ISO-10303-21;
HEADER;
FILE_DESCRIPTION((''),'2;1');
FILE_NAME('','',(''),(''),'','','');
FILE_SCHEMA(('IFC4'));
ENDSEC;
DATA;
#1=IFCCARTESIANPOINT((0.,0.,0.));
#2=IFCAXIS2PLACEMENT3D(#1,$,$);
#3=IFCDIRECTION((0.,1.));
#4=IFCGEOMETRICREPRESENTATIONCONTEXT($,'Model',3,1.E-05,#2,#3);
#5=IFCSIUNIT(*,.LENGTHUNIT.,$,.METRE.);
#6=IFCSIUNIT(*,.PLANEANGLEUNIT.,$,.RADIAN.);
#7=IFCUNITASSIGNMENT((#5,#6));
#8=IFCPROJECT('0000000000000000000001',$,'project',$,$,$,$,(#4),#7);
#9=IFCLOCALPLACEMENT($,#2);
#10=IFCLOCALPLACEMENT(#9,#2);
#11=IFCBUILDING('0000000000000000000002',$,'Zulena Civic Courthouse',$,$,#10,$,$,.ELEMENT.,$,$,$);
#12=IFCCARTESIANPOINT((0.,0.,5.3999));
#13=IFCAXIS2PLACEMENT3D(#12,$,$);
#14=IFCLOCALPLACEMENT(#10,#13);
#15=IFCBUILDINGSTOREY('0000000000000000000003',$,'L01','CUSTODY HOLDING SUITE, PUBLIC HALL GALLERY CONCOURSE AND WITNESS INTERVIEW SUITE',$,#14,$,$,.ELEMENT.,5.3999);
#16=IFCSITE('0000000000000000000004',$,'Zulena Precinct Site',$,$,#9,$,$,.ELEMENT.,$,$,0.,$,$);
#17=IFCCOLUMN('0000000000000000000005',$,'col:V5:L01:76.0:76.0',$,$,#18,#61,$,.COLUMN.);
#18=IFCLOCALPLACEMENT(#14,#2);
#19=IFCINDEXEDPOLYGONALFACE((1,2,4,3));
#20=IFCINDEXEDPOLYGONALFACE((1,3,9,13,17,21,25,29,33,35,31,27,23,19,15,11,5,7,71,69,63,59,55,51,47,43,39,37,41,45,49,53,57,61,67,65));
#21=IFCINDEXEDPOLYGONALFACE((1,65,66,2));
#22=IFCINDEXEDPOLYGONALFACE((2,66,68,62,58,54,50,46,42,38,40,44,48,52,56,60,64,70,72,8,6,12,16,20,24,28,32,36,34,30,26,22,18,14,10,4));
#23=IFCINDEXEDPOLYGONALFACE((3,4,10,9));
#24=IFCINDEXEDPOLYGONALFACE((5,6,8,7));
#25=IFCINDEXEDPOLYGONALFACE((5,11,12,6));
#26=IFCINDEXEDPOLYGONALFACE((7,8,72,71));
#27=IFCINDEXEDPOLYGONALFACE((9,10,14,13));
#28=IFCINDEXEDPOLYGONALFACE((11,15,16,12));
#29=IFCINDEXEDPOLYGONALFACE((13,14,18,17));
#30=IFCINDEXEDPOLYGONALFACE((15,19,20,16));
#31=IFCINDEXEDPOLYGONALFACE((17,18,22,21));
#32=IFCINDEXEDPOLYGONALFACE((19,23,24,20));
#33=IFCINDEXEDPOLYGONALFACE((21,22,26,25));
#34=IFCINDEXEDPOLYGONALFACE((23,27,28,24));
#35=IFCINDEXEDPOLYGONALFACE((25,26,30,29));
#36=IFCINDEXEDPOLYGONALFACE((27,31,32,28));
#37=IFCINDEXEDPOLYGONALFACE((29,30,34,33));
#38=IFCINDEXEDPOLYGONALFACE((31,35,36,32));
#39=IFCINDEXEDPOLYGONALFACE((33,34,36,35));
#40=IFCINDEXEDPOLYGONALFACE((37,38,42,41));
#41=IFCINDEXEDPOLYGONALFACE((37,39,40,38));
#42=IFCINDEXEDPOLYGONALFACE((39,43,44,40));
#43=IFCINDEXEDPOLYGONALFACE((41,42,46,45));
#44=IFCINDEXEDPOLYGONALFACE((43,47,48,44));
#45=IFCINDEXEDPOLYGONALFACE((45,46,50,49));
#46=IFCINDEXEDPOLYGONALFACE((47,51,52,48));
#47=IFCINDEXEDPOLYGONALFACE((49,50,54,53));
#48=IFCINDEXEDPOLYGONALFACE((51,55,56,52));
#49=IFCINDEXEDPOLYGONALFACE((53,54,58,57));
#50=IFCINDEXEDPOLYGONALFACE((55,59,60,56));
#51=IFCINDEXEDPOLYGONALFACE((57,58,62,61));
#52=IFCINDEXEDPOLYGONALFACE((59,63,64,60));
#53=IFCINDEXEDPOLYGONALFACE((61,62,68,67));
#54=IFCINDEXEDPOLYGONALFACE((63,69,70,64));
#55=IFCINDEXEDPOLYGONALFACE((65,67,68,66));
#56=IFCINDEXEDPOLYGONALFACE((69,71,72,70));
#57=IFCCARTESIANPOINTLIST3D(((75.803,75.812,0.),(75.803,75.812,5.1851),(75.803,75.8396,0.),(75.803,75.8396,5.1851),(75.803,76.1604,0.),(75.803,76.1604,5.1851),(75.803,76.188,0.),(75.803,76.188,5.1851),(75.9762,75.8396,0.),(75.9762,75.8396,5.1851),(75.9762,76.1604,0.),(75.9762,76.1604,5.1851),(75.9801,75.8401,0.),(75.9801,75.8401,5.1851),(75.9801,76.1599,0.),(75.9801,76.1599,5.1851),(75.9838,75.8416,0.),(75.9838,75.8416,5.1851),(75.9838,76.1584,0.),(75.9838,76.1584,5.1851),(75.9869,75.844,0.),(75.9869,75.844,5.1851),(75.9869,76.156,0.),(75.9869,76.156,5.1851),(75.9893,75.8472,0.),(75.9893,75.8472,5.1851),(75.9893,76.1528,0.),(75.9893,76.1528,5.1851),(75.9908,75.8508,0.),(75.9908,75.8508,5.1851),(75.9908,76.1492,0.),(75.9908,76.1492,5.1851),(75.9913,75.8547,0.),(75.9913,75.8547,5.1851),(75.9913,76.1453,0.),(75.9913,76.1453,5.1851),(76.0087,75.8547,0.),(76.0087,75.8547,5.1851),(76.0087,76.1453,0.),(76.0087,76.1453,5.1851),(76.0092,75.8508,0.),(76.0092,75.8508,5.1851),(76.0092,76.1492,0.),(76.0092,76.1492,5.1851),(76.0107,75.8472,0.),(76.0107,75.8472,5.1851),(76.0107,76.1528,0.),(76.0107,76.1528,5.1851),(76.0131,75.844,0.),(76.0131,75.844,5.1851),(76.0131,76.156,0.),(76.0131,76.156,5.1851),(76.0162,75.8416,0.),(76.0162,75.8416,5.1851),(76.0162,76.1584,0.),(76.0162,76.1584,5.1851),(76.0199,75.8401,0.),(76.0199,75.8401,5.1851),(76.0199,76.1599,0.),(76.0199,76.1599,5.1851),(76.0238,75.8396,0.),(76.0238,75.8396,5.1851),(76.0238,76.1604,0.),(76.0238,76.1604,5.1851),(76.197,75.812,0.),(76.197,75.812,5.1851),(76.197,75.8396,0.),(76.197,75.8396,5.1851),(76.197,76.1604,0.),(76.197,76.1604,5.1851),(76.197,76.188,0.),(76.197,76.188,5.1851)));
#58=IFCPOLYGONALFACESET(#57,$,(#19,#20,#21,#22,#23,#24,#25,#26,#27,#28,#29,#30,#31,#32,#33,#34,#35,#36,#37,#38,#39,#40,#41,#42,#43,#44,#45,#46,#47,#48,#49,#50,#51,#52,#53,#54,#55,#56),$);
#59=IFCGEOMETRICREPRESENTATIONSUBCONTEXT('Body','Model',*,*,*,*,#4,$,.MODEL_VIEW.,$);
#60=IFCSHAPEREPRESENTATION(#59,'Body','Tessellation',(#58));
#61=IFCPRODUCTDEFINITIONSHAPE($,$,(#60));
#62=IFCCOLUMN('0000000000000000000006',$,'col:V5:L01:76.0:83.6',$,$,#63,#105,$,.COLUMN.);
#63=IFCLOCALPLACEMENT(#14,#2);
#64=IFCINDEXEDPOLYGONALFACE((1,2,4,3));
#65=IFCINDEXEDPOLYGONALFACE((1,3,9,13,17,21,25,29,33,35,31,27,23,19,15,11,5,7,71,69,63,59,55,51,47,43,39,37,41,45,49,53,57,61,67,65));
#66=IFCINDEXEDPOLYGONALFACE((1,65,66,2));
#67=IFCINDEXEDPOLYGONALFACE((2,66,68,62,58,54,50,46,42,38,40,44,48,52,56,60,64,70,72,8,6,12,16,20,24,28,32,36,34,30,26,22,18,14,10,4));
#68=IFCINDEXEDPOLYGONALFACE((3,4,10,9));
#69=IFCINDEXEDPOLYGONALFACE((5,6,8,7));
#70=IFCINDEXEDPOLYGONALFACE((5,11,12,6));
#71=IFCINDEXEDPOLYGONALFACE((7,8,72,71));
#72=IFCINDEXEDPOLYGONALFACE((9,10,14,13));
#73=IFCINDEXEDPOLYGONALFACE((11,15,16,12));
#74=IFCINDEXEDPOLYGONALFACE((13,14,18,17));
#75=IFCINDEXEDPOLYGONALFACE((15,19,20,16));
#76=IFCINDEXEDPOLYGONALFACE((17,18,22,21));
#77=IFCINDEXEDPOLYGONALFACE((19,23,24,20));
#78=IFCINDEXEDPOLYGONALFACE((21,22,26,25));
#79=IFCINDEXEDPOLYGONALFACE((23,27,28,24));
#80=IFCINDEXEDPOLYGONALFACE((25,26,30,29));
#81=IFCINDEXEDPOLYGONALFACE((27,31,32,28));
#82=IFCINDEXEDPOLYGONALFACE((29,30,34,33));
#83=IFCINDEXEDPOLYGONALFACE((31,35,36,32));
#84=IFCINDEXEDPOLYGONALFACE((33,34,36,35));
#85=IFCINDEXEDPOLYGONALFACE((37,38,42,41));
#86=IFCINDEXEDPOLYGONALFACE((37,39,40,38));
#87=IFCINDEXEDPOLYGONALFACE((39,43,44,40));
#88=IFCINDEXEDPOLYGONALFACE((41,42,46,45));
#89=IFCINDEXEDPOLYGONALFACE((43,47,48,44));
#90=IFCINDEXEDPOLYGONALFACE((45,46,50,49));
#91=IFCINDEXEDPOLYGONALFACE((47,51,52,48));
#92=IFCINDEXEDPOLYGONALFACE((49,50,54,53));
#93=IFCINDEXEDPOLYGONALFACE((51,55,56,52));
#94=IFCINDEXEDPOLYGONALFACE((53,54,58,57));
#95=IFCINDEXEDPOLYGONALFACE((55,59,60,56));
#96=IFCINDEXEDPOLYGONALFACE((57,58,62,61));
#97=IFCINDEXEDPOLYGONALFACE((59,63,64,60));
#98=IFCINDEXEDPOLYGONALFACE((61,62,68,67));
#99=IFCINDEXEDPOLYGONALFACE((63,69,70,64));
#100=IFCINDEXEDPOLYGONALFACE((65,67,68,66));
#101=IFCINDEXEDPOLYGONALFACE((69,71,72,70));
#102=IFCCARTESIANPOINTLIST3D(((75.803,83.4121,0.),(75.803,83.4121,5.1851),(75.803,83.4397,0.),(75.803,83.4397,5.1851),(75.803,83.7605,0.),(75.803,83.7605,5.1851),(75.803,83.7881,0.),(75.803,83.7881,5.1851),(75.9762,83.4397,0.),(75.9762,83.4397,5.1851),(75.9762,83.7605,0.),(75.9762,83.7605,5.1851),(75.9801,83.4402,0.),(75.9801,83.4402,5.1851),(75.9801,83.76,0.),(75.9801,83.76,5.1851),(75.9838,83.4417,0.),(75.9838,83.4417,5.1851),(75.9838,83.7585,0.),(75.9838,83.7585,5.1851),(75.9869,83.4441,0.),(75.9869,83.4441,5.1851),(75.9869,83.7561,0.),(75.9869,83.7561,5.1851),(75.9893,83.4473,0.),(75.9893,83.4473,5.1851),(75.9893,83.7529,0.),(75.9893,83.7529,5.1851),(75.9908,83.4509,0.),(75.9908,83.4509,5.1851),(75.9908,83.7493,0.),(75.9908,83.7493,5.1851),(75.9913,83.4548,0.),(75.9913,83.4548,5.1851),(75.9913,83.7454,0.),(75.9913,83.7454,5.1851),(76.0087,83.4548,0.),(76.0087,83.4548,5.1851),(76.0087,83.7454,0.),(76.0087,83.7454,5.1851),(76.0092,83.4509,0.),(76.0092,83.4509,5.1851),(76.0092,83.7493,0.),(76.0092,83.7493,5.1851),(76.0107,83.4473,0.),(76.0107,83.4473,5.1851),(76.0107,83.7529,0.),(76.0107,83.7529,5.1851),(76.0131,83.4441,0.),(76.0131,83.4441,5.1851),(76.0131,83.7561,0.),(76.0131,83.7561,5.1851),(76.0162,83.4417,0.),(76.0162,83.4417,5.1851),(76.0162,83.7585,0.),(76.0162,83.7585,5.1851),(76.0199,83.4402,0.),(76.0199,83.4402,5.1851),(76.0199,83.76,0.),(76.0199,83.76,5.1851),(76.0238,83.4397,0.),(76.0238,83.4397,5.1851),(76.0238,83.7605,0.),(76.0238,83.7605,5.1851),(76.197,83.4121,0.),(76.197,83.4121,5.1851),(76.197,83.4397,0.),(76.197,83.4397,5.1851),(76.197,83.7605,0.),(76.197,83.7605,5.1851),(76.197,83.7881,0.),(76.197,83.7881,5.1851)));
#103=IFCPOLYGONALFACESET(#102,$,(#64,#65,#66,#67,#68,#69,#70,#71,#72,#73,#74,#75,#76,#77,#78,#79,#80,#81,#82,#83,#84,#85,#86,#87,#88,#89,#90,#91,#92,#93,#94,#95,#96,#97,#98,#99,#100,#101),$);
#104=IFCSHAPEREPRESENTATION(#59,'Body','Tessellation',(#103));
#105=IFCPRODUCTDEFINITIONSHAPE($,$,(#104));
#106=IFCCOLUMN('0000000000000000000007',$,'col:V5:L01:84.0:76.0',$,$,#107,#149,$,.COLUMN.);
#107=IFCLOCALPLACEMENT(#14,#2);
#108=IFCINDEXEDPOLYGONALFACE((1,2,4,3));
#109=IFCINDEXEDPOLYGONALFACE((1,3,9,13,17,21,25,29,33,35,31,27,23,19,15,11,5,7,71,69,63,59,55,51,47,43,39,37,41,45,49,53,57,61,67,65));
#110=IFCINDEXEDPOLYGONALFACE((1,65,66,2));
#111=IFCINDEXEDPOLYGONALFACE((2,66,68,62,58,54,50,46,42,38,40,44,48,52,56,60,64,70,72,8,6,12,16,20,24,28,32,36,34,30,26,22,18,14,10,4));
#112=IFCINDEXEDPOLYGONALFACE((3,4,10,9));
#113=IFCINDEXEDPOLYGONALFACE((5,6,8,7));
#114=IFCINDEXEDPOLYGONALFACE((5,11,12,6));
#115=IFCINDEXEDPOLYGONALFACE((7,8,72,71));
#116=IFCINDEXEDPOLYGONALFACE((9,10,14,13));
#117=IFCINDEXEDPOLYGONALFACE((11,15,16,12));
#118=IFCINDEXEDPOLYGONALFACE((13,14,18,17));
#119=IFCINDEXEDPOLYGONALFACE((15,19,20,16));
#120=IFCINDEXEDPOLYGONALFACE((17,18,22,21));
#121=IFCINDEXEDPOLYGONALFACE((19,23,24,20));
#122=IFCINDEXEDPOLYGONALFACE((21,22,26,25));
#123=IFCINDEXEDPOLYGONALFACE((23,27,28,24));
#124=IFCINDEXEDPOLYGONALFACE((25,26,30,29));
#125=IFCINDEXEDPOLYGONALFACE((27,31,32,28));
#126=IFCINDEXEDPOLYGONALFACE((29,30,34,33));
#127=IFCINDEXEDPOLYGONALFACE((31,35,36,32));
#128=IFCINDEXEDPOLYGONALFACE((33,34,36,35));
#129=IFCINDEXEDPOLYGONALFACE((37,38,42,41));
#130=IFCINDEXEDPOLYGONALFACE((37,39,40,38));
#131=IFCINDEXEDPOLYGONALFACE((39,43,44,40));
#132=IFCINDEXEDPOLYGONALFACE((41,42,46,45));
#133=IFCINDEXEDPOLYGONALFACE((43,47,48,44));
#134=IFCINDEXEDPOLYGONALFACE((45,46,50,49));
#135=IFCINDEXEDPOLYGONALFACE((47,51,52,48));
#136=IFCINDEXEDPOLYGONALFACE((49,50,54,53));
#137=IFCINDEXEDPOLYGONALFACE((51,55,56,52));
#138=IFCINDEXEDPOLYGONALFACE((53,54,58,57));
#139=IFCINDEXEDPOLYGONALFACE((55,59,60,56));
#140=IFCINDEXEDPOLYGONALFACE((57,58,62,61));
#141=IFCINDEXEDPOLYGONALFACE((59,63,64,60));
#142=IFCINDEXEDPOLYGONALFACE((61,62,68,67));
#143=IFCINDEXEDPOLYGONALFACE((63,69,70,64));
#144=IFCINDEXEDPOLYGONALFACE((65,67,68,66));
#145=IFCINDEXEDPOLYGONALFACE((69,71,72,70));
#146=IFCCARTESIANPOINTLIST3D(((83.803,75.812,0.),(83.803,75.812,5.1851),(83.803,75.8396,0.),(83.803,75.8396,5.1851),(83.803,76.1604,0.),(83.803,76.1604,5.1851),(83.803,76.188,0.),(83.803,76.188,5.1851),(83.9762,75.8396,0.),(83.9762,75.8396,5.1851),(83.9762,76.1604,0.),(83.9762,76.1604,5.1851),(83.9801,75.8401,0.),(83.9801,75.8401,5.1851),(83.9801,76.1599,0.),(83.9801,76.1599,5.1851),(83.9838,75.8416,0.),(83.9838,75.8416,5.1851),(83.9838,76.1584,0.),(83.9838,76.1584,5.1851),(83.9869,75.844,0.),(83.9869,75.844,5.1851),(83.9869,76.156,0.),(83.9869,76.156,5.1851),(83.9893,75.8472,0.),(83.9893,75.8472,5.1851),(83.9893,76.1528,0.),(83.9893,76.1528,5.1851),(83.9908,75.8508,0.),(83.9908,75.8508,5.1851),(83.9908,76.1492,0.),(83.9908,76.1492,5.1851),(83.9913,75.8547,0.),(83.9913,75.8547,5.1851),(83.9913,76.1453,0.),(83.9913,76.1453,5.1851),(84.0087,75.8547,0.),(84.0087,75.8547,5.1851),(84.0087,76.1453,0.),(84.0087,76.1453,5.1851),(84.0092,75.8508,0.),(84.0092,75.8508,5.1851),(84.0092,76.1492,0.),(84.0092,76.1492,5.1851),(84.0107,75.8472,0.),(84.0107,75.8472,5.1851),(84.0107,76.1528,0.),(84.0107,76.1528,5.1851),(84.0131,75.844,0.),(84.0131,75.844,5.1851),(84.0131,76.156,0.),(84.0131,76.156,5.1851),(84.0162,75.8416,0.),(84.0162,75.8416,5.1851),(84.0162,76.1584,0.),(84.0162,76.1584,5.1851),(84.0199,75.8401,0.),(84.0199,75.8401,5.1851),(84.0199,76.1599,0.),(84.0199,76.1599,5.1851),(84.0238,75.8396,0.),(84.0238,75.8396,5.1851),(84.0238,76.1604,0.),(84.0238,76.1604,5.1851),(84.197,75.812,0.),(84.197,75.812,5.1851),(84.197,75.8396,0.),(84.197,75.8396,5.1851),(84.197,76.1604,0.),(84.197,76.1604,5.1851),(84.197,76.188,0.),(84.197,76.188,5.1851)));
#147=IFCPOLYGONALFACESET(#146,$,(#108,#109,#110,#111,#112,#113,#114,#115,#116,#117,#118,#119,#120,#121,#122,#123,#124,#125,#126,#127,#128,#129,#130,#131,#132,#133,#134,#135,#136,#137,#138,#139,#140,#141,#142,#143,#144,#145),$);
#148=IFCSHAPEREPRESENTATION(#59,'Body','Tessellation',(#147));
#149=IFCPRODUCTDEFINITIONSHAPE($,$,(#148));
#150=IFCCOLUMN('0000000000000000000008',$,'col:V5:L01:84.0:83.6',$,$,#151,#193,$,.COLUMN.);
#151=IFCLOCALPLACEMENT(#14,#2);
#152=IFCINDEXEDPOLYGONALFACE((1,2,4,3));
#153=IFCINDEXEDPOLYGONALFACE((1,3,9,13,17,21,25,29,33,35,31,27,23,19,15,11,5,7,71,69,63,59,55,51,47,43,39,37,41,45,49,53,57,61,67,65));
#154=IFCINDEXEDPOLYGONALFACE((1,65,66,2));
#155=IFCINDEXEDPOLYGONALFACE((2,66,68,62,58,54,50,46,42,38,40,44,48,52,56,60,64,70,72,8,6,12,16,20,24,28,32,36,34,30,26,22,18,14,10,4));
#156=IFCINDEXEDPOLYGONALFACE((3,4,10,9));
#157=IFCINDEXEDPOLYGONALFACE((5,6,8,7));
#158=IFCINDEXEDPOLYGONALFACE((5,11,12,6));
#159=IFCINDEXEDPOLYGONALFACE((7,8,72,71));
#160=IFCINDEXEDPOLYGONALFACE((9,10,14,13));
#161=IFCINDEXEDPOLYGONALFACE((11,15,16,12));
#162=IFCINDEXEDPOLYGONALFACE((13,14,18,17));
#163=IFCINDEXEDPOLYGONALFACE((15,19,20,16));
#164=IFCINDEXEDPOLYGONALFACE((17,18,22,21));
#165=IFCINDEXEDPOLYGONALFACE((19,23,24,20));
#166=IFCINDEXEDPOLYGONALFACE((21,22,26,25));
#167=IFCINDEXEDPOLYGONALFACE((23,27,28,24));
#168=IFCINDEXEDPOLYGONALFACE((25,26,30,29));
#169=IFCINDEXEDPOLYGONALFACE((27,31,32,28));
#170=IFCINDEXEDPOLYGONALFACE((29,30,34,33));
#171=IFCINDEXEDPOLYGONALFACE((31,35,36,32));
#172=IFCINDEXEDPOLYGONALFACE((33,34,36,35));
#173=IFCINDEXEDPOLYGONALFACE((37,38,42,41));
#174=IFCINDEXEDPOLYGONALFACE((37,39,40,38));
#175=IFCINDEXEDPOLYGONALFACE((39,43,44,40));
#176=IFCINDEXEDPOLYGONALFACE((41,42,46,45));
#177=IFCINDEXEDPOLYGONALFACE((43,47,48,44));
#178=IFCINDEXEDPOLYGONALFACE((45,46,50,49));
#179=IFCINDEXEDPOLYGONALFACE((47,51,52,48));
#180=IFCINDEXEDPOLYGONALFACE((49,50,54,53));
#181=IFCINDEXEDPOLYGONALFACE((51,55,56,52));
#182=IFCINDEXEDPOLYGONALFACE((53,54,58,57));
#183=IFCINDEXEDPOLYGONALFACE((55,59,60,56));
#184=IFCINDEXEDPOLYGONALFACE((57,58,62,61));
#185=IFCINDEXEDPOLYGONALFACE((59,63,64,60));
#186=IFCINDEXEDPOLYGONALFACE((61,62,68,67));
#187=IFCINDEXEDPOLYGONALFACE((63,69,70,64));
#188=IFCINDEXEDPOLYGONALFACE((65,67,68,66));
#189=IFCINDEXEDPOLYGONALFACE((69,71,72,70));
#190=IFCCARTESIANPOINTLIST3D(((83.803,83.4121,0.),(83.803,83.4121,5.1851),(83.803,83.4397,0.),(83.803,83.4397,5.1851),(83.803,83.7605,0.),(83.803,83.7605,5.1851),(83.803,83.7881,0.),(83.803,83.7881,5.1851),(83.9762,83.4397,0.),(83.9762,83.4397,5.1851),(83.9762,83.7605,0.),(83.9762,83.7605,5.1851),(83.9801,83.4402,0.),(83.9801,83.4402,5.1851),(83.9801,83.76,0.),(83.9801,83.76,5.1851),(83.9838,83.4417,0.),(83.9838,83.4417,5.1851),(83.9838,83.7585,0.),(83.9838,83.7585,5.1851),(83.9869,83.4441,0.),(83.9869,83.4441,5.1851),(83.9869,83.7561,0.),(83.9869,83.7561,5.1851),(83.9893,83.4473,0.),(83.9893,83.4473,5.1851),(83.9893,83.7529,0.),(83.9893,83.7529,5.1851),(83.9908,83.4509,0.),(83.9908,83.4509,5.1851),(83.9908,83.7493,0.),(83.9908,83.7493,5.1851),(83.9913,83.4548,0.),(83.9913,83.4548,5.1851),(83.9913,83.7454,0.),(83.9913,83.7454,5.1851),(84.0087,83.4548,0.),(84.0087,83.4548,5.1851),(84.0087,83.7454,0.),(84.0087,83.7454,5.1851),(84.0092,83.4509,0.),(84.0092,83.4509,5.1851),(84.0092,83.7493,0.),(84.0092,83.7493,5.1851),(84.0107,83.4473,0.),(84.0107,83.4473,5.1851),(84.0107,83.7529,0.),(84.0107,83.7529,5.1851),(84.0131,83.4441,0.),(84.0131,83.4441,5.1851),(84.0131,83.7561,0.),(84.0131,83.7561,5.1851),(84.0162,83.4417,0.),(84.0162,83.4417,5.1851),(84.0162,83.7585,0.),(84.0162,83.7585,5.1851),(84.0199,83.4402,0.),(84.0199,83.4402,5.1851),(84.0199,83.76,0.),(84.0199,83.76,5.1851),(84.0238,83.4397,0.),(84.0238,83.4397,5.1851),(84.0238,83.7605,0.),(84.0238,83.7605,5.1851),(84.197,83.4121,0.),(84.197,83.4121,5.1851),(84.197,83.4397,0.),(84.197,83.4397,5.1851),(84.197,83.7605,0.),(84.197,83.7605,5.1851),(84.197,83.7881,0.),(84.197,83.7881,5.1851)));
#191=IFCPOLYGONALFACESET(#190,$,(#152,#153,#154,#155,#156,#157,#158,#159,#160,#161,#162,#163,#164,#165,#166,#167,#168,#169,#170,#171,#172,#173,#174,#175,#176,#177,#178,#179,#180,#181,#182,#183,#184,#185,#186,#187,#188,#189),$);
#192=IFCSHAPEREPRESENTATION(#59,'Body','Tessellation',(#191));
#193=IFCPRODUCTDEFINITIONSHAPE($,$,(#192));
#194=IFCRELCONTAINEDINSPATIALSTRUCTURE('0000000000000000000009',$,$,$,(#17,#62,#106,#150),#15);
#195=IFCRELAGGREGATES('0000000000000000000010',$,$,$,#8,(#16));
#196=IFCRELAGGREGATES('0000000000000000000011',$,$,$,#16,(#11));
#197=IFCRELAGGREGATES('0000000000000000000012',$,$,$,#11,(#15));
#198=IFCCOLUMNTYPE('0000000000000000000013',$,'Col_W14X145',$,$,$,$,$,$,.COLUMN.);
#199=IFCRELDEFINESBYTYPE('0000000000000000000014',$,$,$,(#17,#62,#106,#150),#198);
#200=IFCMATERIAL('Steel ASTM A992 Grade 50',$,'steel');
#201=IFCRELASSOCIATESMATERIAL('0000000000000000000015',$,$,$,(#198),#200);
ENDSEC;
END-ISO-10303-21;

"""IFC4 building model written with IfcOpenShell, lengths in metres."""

from ifc_helpers import new_model, si_unit, direction, frame, origin, origin_2d, place, context, subcontext, project, spatial, i_section, extrude, material, material_profile, profile_set, type_object, element, save


model = new_model("IFC4")

# Units and contexts
model_context = context("Model", 3, precision=1e-05, world=origin(), true_north=direction((0.0, 1.0)))
body_context = subcontext(model_context, "Body", "Model", "MODEL_VIEW")
ifc_project = project(units=[si_unit("LENGTHUNIT", "METRE"), si_unit("PLANEANGLEUNIT", "RADIAN")], contexts=[model_context])

# Site, building, storey
site_placement = place(None, origin())
site = spatial("IfcSite", under=ifc_project, at=site_placement, Name="Zulena Precinct Site", CompositionType="ELEMENT", RefElevation=0.0)
building_placement = place(site_placement, origin())
building = spatial("IfcBuilding", under=site, at=building_placement, Name="Zulena Civic Courthouse", CompositionType="ELEMENT")
storey_placement = place(building_placement, frame((0.0, 0.0, 5.3999)))
storey = spatial("IfcBuildingStorey", under=building, at=storey_placement, Name="L01", Description="CUSTODY HOLDING SUITE, PUBLIC HALL GALLERY CONCOURSE AND WITNESS INTERVIEW SUITE", CompositionType="ELEMENT", Elevation=5.3999)

# Columns
ifc_material_1 = material(Name="Steel ASTM A992 Grade 50", Category="steel")
ifc_material_profile_1 = material_profile(ifc_material_1, i_section(OverallWidth=0.394, OverallDepth=0.376, WebThickness=0.0173, FlangeThickness=0.0276, FilletRadius=0.0151, at=origin_2d()), Name="W14X145")
ifc_profile_set_1 = profile_set([ifc_material_profile_1], Name="Steel ASTM A992 Grade 50")
column_type_1 = type_object("IfcColumnType", Name="Col_W14X145", PredefinedType="COLUMN", material=ifc_profile_set_1)
for number, where, z_axis, x_axis, name in (
    (1, (76.0, 76.0, 0.0), (0.0, 0.0, 1.0), (1.0, 0.0, 0.0), "col:V5:L01:76.0:76.0"),
    (2, (76.0, 83.6001, 0.0), (0.0, 0.0, 1.0), (1.0, 0.0, 0.0), "col:V5:L01:76.0:83.6"),
    (3, (84.0, 76.0, 0.0), (0.0, 0.0, 1.0), (1.0, 0.0, 0.0), "col:V5:L01:84.0:76.0"),
    (4, (84.0, 83.6001, 0.0), (0.0, 0.0, 1.0), (1.0, 0.0, 0.0), "col:V5:L01:84.0:83.6"),
):
    element("IfcColumn", number, at=place(storey_placement, frame(where, z_axis=z_axis, x_axis=x_axis)), inside=storey, type_object=column_type_1, Name=name, PredefinedType="COLUMN", context=body_context, shape_type="SweptSolid", body=[
        extrude(i_section(OverallWidth=0.394, OverallDepth=0.376, WebThickness=0.0173, FlangeThickness=0.0276, FilletRadius=0.0151, at=origin_2d()), origin(), (0.0, 0.0, 1.0), 5.1851),
    ])

save(model, "model.ifc")
